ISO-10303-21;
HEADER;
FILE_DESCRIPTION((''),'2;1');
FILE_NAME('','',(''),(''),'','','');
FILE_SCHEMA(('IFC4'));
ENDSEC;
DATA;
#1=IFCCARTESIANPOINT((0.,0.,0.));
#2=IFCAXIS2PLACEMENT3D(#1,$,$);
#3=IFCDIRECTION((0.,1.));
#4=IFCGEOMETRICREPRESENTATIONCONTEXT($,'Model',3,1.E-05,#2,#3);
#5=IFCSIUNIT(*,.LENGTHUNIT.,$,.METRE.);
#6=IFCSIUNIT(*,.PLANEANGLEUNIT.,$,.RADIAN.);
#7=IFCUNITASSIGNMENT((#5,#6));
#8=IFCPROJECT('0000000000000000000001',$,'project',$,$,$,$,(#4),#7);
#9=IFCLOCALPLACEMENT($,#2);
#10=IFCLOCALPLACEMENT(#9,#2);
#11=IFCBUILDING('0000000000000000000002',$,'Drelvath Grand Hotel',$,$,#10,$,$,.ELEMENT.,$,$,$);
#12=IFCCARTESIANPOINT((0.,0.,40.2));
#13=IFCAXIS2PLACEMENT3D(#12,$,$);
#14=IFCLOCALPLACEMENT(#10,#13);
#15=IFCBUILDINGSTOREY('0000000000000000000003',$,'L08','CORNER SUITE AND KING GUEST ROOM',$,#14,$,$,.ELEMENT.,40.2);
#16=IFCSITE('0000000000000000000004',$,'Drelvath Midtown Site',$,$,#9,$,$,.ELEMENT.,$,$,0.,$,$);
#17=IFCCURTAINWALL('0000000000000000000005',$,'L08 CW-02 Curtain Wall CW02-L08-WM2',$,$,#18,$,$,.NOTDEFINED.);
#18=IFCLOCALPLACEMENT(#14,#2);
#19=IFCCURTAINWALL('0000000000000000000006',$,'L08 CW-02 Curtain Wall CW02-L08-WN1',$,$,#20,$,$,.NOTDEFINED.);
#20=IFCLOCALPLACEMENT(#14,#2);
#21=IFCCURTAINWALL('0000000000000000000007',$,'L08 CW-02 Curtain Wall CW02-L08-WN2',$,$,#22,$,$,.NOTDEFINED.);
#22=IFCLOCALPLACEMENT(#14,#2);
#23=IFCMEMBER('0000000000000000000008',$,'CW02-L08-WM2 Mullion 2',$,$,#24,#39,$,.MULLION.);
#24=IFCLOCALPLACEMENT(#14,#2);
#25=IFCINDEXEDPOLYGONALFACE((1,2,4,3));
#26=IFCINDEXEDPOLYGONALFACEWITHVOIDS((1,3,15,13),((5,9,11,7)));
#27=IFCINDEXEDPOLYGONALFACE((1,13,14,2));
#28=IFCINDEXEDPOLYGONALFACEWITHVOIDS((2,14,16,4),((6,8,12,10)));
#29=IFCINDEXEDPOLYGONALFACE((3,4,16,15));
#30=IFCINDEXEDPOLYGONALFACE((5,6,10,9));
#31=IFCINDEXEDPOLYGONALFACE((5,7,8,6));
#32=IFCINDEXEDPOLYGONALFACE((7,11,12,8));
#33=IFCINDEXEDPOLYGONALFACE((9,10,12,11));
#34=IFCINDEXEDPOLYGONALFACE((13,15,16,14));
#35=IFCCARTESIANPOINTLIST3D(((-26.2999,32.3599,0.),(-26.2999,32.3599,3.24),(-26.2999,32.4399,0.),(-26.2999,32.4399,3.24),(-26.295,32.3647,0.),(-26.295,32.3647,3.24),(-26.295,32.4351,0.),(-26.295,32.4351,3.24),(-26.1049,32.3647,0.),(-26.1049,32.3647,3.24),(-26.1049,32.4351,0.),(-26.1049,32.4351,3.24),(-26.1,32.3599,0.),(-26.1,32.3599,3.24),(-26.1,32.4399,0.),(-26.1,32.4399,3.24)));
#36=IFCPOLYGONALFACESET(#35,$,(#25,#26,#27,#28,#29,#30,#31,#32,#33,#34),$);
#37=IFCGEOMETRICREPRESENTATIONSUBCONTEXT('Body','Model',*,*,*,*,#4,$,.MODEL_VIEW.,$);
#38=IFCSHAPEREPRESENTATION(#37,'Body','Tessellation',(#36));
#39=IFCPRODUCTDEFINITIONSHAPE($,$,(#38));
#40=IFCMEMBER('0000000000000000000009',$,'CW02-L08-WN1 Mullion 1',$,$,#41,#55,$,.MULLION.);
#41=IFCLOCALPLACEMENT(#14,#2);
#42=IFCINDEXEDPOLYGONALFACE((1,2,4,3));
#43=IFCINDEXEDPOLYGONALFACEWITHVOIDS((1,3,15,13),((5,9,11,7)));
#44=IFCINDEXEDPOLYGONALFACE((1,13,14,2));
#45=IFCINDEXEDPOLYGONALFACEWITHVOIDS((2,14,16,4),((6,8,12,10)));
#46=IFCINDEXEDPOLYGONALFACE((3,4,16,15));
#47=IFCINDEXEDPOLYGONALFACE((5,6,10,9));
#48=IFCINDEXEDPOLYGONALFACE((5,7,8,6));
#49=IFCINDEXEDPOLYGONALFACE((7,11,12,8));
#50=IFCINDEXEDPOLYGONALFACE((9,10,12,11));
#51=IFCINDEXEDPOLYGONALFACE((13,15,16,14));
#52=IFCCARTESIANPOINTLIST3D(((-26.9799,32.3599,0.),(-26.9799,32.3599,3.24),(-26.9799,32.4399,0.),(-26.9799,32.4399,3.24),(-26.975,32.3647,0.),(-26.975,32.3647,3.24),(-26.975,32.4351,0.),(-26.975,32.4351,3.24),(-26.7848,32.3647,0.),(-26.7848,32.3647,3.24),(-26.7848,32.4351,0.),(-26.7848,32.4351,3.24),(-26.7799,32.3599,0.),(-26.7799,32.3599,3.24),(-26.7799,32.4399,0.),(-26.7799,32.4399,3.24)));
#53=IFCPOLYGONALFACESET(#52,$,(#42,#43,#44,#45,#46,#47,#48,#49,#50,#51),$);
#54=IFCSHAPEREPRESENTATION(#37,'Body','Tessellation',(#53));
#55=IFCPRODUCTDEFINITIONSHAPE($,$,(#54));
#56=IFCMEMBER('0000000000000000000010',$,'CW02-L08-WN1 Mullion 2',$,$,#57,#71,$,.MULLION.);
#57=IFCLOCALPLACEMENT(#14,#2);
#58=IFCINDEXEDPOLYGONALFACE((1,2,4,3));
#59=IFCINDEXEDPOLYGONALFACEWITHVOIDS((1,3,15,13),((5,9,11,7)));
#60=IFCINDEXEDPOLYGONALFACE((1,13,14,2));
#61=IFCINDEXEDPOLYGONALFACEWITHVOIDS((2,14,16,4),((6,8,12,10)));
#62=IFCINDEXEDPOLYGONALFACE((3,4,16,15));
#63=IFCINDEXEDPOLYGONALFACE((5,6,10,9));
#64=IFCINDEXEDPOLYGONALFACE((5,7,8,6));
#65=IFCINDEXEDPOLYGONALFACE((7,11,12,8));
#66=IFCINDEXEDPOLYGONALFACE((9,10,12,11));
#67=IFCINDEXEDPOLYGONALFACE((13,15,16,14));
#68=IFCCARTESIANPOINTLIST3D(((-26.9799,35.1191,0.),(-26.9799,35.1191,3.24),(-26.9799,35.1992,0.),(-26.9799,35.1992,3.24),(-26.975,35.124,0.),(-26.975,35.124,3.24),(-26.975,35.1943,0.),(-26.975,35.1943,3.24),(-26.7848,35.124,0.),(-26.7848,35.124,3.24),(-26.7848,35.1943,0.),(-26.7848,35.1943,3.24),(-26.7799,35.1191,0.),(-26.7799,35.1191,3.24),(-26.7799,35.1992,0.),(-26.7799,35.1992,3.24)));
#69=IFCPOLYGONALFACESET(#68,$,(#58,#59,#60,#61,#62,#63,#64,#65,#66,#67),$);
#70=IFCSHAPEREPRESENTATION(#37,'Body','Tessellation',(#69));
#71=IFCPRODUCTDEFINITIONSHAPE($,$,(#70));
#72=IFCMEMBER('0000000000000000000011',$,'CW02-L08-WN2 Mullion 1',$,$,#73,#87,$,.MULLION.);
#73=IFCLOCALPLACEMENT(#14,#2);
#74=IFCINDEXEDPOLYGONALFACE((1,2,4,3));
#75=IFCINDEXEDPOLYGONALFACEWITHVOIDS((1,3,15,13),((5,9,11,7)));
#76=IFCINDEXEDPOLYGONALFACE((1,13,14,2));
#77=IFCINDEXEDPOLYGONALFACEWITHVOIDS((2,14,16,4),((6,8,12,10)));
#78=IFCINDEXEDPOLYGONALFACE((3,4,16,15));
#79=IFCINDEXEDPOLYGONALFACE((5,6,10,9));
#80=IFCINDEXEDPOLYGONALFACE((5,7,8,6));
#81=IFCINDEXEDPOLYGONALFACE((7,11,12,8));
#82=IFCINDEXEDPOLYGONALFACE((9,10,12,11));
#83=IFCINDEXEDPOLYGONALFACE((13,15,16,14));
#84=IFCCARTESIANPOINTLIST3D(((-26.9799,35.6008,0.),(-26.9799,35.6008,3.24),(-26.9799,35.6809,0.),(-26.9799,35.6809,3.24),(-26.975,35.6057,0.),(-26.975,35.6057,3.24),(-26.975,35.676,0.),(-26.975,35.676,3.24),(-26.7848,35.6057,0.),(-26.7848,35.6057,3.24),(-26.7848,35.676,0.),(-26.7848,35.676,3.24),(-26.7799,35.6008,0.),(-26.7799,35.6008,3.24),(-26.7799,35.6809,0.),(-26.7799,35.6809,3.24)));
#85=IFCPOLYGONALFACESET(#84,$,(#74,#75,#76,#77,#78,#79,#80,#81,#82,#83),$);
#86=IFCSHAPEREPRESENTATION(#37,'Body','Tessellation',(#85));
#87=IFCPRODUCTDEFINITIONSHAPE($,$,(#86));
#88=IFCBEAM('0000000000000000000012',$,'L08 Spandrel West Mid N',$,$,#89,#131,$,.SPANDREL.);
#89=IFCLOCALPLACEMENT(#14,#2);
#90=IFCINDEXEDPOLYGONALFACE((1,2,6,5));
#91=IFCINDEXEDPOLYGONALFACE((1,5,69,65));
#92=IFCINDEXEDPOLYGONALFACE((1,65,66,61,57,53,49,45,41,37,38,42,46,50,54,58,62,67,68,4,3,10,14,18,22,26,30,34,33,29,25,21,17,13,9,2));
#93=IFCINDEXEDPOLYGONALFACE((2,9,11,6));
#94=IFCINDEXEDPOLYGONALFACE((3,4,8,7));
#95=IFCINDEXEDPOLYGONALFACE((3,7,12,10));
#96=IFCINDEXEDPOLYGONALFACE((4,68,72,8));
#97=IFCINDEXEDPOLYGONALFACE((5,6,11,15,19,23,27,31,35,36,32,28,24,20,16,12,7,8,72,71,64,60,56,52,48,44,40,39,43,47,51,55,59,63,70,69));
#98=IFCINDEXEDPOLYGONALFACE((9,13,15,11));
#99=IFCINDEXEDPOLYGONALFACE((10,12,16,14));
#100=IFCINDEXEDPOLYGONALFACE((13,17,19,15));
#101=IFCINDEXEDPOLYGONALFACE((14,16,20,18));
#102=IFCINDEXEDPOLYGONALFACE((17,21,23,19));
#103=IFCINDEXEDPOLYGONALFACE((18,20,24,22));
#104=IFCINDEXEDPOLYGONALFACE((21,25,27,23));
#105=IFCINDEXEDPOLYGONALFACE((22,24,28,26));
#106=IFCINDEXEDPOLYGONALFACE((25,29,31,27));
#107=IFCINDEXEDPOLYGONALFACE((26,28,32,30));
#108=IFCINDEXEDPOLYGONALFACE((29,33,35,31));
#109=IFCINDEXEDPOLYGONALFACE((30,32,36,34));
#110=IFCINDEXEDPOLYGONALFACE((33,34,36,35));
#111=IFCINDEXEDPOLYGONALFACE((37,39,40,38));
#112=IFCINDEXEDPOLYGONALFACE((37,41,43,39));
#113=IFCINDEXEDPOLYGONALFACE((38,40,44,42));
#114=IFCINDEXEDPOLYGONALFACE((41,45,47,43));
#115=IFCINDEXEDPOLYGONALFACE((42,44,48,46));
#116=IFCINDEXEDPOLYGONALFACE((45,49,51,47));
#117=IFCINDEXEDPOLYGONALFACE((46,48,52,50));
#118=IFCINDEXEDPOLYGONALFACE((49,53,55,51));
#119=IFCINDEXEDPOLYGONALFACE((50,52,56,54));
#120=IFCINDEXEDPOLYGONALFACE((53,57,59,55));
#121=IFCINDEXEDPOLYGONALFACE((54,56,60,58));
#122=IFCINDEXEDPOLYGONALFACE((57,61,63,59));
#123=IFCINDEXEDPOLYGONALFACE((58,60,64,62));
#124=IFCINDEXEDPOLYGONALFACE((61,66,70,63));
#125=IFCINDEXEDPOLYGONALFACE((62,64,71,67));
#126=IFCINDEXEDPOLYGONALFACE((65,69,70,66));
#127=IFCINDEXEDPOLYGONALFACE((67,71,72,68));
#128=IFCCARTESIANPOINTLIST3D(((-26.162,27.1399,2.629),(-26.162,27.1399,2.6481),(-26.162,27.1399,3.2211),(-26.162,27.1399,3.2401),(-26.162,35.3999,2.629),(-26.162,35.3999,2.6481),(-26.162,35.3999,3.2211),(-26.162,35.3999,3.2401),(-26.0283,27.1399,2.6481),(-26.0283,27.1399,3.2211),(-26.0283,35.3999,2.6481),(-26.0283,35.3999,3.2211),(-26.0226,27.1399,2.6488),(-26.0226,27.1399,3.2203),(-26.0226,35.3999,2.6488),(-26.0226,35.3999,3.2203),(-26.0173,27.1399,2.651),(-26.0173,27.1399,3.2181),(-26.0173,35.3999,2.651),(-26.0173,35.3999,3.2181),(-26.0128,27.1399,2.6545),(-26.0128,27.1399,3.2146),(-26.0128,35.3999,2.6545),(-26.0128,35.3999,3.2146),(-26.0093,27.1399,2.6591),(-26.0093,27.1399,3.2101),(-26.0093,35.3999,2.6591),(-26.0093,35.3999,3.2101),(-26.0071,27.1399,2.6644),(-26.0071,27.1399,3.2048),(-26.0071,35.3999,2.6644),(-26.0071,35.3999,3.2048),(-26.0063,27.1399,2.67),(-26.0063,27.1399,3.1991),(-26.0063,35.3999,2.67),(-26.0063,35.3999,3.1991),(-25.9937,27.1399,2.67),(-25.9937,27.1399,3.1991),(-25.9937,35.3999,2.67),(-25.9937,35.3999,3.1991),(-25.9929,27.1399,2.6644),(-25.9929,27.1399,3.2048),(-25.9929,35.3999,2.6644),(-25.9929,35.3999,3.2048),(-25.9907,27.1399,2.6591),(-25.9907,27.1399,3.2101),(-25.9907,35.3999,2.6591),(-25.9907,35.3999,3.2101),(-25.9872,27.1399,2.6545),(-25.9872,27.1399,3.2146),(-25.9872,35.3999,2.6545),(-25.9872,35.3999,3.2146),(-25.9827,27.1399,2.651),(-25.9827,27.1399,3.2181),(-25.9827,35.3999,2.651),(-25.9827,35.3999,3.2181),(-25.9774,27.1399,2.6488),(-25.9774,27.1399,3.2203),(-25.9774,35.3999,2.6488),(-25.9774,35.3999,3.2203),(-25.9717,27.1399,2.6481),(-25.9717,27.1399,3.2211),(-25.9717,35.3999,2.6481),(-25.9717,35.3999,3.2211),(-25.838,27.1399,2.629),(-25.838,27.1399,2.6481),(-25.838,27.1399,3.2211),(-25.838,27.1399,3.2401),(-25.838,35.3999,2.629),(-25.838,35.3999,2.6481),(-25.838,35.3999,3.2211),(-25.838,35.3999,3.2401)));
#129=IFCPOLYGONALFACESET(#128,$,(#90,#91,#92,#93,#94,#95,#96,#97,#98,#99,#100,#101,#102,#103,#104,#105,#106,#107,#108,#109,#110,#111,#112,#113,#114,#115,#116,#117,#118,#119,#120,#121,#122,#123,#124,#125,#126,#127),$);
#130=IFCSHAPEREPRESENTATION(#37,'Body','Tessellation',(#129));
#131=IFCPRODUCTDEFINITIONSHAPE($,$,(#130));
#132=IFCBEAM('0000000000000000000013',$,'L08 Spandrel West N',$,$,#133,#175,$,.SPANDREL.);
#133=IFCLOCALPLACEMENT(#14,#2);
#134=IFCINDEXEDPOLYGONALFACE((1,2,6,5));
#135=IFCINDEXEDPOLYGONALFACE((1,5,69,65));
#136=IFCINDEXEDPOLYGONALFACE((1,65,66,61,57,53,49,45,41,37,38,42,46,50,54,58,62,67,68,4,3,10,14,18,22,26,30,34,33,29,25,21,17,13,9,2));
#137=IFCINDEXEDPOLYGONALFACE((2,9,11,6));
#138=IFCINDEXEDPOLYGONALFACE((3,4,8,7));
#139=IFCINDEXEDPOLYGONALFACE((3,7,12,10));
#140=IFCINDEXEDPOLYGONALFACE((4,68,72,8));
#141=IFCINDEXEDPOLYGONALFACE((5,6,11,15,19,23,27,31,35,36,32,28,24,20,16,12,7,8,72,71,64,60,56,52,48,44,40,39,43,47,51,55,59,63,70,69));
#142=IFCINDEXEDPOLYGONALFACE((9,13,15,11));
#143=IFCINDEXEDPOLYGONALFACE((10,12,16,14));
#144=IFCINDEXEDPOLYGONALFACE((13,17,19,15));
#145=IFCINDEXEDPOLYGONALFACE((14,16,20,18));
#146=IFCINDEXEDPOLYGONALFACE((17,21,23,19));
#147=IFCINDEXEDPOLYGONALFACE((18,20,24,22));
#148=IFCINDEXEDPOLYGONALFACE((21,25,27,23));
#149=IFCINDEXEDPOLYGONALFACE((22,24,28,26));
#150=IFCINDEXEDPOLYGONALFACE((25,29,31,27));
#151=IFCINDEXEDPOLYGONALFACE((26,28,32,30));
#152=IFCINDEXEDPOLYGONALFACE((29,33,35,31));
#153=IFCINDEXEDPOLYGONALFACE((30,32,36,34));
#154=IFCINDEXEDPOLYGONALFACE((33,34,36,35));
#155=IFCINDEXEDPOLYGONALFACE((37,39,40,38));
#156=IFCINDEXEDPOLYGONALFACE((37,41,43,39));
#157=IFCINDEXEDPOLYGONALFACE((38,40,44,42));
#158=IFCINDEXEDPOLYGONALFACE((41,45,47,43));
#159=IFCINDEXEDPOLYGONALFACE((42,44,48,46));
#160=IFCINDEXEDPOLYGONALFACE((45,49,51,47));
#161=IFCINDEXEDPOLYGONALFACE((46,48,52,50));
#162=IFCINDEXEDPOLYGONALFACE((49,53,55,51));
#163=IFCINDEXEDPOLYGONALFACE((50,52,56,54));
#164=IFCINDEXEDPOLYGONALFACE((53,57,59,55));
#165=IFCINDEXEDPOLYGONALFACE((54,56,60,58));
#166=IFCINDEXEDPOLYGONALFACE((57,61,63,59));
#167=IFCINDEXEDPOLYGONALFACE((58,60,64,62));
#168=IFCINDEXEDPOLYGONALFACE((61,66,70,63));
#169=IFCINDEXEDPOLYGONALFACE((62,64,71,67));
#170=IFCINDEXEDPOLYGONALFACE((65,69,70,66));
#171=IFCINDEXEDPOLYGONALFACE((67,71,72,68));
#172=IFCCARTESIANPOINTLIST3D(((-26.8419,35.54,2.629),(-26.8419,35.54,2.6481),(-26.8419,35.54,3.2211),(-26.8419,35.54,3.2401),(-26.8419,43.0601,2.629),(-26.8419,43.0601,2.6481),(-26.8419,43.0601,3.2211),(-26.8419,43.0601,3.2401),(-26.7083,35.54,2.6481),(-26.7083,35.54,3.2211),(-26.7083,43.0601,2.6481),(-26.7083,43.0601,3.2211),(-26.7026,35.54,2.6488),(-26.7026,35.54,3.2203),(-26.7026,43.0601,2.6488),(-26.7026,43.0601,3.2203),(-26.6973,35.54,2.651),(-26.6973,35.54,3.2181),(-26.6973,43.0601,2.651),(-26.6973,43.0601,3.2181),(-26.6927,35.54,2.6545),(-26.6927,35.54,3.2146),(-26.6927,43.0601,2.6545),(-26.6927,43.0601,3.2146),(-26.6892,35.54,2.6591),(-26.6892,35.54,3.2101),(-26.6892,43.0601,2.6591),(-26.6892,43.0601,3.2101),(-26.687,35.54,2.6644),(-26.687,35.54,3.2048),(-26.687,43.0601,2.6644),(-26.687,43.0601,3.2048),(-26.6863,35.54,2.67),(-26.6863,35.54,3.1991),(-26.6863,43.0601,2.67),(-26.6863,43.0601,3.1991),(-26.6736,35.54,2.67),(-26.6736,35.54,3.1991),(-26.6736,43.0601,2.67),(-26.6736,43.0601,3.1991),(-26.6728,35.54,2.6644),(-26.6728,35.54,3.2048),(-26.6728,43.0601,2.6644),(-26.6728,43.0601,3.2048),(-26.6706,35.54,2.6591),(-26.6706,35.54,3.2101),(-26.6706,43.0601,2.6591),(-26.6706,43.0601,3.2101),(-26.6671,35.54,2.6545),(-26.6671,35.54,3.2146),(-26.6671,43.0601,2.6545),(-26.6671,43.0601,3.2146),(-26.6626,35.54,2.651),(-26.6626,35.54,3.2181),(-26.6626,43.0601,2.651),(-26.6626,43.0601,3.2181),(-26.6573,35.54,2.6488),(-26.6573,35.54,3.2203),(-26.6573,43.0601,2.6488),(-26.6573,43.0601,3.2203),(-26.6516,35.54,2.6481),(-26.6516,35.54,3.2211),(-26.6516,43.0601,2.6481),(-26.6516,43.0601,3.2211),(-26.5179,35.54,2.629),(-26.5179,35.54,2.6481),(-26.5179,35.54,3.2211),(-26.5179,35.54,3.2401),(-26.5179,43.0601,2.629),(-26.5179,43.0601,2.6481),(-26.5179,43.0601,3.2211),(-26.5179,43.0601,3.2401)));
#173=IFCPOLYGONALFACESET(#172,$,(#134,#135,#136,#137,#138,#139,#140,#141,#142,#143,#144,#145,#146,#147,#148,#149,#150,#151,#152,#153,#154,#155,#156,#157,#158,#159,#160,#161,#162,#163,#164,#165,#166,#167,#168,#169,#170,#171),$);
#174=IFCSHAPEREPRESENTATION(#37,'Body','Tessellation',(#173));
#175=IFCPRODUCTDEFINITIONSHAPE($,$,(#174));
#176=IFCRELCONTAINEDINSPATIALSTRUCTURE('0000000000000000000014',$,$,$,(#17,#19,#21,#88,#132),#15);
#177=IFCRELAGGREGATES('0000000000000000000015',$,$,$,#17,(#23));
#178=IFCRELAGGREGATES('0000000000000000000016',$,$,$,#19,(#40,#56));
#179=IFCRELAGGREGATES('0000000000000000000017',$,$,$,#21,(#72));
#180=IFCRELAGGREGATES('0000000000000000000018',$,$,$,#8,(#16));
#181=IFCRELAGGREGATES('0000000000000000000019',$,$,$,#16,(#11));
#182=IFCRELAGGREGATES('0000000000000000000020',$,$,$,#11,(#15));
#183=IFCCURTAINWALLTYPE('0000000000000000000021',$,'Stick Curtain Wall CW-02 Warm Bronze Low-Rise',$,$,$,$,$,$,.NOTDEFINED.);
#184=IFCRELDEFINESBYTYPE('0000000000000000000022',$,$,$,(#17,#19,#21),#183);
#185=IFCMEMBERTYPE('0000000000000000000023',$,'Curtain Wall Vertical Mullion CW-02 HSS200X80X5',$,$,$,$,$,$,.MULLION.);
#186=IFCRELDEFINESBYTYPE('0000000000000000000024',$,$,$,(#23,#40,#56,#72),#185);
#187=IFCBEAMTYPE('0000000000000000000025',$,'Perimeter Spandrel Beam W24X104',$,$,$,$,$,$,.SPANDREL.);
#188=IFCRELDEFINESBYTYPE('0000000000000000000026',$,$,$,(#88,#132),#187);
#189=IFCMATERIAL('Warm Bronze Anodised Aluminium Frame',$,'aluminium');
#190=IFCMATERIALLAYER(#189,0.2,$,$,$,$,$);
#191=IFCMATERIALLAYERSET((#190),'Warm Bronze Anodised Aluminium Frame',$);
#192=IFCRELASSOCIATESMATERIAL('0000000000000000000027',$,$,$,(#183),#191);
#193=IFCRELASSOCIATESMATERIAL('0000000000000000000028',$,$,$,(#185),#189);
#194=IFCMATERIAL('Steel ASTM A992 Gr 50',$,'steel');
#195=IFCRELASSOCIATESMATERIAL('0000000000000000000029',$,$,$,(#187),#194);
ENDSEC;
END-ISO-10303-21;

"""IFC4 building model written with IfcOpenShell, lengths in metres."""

from ifc_helpers import new_model, si_unit, direction, frame, origin, origin_2d, place, context, subcontext, project, spatial, hollow_rectangle, i_section, extrude, material, layer, layer_set, material_profile, profile_set, type_object, element, aggregate, save


model = new_model("IFC4")

# Units and contexts
model_context = context("Model", 3, precision=1e-05, world=origin(), true_north=direction((0.0, 1.0)))
body_context = subcontext(model_context, "Body", "Model", "MODEL_VIEW")
ifc_project = project(units=[si_unit("LENGTHUNIT", "METRE"), si_unit("PLANEANGLEUNIT", "RADIAN")], contexts=[model_context])

# Site, building, storey
site_placement = place(None, origin())
site = spatial("IfcSite", under=ifc_project, at=site_placement, Name="Drelvath Midtown Site", CompositionType="ELEMENT", RefElevation=0.0)
building_placement = place(site_placement, origin())
building = spatial("IfcBuilding", under=site, at=building_placement, Name="Drelvath Grand Hotel", CompositionType="ELEMENT")
storey_placement = place(building_placement, frame((0.0, 0.0, 40.2)))
storey = spatial("IfcBuildingStorey", under=building, at=storey_placement, Name="L08", Description="CORNER SUITE AND KING GUEST ROOM", CompositionType="ELEMENT", Elevation=40.2)

# Curtain walls
ifc_material_1 = material(Name="Warm Bronze Anodised Aluminium Frame", Category="aluminium")
ifc_layer_1 = layer(ifc_material_1, 0.2)
ifc_layer_set_1 = layer_set([ifc_layer_1], Name="Warm Bronze Anodised Aluminium Frame")
curtain_wall_type = type_object("IfcCurtainWallType", Name="Stick Curtain Wall CW-02 Warm Bronze Low-Rise", PredefinedType="NOTDEFINED", material=ifc_layer_set_1)
curtain_wall_1_placement = place(storey_placement, origin())
curtain_wall_1 = element("IfcCurtainWall", 1, at=curtain_wall_1_placement, inside=storey, type_object=curtain_wall_type, Name="L08 CW-02 Curtain Wall CW02-L08-WM2", PredefinedType="NOTDEFINED")
curtain_wall_2_placement = place(storey_placement, origin())
curtain_wall_2 = element("IfcCurtainWall", 2, at=curtain_wall_2_placement, inside=storey, type_object=curtain_wall_type, Name="L08 CW-02 Curtain Wall CW02-L08-WN1", PredefinedType="NOTDEFINED")
curtain_wall_3_placement = place(storey_placement, origin())
curtain_wall_3 = element("IfcCurtainWall", 3, at=curtain_wall_3_placement, inside=storey, type_object=curtain_wall_type, Name="L08 CW-02 Curtain Wall CW02-L08-WN2", PredefinedType="NOTDEFINED")
ifc_material_profile_1 = material_profile(ifc_material_1, hollow_rectangle(XDim=0.0801, YDim=0.2, WallThickness=0.0049, at=origin_2d()), Name="HSS200X80X5")
ifc_profile_set_1 = profile_set([ifc_material_profile_1], Name="Warm Bronze Anodised Aluminium Frame")
member_type_1 = type_object("IfcMemberType", Name="Curtain Wall Vertical Mullion CW-02 HSS200X80X5", PredefinedType="MULLION", material=ifc_profile_set_1)

# Members
member_1_placement = place(storey_placement, frame((-26.2, 32.3999, 0.0), z_axis=(0.0, 0.0, 1.0), x_axis=(0.0, 1.0, 0.0)))
member_1 = element("IfcMember", 4, at=member_1_placement, type_object=member_type_1, Name="CW02-L08-WM2 Mullion 2", PredefinedType="MULLION", context=body_context, shape_type="SweptSolid", body=[
    extrude(hollow_rectangle(XDim=0.0801, YDim=0.2, WallThickness=0.0049, at=origin_2d()), origin(), (0.0, 0.0, 1.0), 3.24),
])
member_2_placement = place(storey_placement, frame((-26.8799, 32.3999, 0.0), z_axis=(0.0, 0.0, 1.0), x_axis=(0.0, 1.0, 0.0)))
member_2 = element("IfcMember", 5, at=member_2_placement, type_object=member_type_1, Name="CW02-L08-WN1 Mullion 1", PredefinedType="MULLION", context=body_context, shape_type="SweptSolid", body=[
    extrude(hollow_rectangle(XDim=0.0801, YDim=0.2, WallThickness=0.0049, at=origin_2d()), origin(), (0.0, 0.0, 1.0), 3.24),
])
member_3_placement = place(storey_placement, frame((-26.8799, 35.1592, 0.0), z_axis=(0.0, 0.0, 1.0), x_axis=(0.0, 1.0, 0.0)))
member_3 = element("IfcMember", 6, at=member_3_placement, type_object=member_type_1, Name="CW02-L08-WN1 Mullion 2", PredefinedType="MULLION", context=body_context, shape_type="SweptSolid", body=[
    extrude(hollow_rectangle(XDim=0.0801, YDim=0.2, WallThickness=0.0049, at=origin_2d()), origin(), (0.0, 0.0, 1.0), 3.24),
])
member_4_placement = place(storey_placement, frame((-26.8799, 35.6409, 0.0), z_axis=(0.0, 0.0, 1.0), x_axis=(0.0, 1.0, 0.0)))
member_4 = element("IfcMember", 7, at=member_4_placement, type_object=member_type_1, Name="CW02-L08-WN2 Mullion 1", PredefinedType="MULLION", context=body_context, shape_type="SweptSolid", body=[
    extrude(hollow_rectangle(XDim=0.0801, YDim=0.2, WallThickness=0.0049, at=origin_2d()), origin(), (0.0, 0.0, 1.0), 3.24),
])

# Beams
ifc_material_2 = material(Name="Steel ASTM A992 Gr 50", Category="steel")
ifc_material_profile_2 = material_profile(ifc_material_2, i_section(OverallWidth=0.324, OverallDepth=0.6111, WebThickness=0.0127, FlangeThickness=0.019, FilletRadius=0.022, at=origin_2d()), Name="W24X104")
ifc_profile_set_2 = profile_set([ifc_material_profile_2], Name="Steel ASTM A992 Gr 50")
beam_type_1 = type_object("IfcBeamType", Name="Perimeter Spandrel Beam W24X104", PredefinedType="SPANDREL", material=ifc_profile_set_2)
beam_1_placement = place(storey_placement, frame((-26.0, 27.1399, 2.9346), z_axis=(0.0, 1.0, 0.0), x_axis=(-1.0, 0.0, 0.0)))
element("IfcBeam", 8, at=beam_1_placement, inside=storey, type_object=beam_type_1, Name="L08 Spandrel West Mid N", PredefinedType="SPANDREL", context=body_context, shape_type="SweptSolid", body=[
    extrude(i_section(OverallWidth=0.324, OverallDepth=0.6111, WebThickness=0.0127, FlangeThickness=0.019, FilletRadius=0.022, at=origin_2d()), origin(), (0.0, 0.0, 1.0), 8.26),
])
beam_2_placement = place(storey_placement, frame((-26.6799, 35.54, 2.9346), z_axis=(0.0, 1.0, 0.0), x_axis=(-1.0, 0.0, 0.0)))
element("IfcBeam", 9, at=beam_2_placement, inside=storey, type_object=beam_type_1, Name="L08 Spandrel West N", PredefinedType="SPANDREL", context=body_context, shape_type="SweptSolid", body=[
    extrude(i_section(OverallWidth=0.324, OverallDepth=0.6111, WebThickness=0.0127, FlangeThickness=0.019, FilletRadius=0.022, at=origin_2d()), origin(), (0.0, 0.0, 1.0), 7.52),
])

aggregate(curtain_wall_1, [member_1])
aggregate(curtain_wall_2, [member_2, member_3])
aggregate(curtain_wall_3, [member_4])

save(model, "model.ifc")
